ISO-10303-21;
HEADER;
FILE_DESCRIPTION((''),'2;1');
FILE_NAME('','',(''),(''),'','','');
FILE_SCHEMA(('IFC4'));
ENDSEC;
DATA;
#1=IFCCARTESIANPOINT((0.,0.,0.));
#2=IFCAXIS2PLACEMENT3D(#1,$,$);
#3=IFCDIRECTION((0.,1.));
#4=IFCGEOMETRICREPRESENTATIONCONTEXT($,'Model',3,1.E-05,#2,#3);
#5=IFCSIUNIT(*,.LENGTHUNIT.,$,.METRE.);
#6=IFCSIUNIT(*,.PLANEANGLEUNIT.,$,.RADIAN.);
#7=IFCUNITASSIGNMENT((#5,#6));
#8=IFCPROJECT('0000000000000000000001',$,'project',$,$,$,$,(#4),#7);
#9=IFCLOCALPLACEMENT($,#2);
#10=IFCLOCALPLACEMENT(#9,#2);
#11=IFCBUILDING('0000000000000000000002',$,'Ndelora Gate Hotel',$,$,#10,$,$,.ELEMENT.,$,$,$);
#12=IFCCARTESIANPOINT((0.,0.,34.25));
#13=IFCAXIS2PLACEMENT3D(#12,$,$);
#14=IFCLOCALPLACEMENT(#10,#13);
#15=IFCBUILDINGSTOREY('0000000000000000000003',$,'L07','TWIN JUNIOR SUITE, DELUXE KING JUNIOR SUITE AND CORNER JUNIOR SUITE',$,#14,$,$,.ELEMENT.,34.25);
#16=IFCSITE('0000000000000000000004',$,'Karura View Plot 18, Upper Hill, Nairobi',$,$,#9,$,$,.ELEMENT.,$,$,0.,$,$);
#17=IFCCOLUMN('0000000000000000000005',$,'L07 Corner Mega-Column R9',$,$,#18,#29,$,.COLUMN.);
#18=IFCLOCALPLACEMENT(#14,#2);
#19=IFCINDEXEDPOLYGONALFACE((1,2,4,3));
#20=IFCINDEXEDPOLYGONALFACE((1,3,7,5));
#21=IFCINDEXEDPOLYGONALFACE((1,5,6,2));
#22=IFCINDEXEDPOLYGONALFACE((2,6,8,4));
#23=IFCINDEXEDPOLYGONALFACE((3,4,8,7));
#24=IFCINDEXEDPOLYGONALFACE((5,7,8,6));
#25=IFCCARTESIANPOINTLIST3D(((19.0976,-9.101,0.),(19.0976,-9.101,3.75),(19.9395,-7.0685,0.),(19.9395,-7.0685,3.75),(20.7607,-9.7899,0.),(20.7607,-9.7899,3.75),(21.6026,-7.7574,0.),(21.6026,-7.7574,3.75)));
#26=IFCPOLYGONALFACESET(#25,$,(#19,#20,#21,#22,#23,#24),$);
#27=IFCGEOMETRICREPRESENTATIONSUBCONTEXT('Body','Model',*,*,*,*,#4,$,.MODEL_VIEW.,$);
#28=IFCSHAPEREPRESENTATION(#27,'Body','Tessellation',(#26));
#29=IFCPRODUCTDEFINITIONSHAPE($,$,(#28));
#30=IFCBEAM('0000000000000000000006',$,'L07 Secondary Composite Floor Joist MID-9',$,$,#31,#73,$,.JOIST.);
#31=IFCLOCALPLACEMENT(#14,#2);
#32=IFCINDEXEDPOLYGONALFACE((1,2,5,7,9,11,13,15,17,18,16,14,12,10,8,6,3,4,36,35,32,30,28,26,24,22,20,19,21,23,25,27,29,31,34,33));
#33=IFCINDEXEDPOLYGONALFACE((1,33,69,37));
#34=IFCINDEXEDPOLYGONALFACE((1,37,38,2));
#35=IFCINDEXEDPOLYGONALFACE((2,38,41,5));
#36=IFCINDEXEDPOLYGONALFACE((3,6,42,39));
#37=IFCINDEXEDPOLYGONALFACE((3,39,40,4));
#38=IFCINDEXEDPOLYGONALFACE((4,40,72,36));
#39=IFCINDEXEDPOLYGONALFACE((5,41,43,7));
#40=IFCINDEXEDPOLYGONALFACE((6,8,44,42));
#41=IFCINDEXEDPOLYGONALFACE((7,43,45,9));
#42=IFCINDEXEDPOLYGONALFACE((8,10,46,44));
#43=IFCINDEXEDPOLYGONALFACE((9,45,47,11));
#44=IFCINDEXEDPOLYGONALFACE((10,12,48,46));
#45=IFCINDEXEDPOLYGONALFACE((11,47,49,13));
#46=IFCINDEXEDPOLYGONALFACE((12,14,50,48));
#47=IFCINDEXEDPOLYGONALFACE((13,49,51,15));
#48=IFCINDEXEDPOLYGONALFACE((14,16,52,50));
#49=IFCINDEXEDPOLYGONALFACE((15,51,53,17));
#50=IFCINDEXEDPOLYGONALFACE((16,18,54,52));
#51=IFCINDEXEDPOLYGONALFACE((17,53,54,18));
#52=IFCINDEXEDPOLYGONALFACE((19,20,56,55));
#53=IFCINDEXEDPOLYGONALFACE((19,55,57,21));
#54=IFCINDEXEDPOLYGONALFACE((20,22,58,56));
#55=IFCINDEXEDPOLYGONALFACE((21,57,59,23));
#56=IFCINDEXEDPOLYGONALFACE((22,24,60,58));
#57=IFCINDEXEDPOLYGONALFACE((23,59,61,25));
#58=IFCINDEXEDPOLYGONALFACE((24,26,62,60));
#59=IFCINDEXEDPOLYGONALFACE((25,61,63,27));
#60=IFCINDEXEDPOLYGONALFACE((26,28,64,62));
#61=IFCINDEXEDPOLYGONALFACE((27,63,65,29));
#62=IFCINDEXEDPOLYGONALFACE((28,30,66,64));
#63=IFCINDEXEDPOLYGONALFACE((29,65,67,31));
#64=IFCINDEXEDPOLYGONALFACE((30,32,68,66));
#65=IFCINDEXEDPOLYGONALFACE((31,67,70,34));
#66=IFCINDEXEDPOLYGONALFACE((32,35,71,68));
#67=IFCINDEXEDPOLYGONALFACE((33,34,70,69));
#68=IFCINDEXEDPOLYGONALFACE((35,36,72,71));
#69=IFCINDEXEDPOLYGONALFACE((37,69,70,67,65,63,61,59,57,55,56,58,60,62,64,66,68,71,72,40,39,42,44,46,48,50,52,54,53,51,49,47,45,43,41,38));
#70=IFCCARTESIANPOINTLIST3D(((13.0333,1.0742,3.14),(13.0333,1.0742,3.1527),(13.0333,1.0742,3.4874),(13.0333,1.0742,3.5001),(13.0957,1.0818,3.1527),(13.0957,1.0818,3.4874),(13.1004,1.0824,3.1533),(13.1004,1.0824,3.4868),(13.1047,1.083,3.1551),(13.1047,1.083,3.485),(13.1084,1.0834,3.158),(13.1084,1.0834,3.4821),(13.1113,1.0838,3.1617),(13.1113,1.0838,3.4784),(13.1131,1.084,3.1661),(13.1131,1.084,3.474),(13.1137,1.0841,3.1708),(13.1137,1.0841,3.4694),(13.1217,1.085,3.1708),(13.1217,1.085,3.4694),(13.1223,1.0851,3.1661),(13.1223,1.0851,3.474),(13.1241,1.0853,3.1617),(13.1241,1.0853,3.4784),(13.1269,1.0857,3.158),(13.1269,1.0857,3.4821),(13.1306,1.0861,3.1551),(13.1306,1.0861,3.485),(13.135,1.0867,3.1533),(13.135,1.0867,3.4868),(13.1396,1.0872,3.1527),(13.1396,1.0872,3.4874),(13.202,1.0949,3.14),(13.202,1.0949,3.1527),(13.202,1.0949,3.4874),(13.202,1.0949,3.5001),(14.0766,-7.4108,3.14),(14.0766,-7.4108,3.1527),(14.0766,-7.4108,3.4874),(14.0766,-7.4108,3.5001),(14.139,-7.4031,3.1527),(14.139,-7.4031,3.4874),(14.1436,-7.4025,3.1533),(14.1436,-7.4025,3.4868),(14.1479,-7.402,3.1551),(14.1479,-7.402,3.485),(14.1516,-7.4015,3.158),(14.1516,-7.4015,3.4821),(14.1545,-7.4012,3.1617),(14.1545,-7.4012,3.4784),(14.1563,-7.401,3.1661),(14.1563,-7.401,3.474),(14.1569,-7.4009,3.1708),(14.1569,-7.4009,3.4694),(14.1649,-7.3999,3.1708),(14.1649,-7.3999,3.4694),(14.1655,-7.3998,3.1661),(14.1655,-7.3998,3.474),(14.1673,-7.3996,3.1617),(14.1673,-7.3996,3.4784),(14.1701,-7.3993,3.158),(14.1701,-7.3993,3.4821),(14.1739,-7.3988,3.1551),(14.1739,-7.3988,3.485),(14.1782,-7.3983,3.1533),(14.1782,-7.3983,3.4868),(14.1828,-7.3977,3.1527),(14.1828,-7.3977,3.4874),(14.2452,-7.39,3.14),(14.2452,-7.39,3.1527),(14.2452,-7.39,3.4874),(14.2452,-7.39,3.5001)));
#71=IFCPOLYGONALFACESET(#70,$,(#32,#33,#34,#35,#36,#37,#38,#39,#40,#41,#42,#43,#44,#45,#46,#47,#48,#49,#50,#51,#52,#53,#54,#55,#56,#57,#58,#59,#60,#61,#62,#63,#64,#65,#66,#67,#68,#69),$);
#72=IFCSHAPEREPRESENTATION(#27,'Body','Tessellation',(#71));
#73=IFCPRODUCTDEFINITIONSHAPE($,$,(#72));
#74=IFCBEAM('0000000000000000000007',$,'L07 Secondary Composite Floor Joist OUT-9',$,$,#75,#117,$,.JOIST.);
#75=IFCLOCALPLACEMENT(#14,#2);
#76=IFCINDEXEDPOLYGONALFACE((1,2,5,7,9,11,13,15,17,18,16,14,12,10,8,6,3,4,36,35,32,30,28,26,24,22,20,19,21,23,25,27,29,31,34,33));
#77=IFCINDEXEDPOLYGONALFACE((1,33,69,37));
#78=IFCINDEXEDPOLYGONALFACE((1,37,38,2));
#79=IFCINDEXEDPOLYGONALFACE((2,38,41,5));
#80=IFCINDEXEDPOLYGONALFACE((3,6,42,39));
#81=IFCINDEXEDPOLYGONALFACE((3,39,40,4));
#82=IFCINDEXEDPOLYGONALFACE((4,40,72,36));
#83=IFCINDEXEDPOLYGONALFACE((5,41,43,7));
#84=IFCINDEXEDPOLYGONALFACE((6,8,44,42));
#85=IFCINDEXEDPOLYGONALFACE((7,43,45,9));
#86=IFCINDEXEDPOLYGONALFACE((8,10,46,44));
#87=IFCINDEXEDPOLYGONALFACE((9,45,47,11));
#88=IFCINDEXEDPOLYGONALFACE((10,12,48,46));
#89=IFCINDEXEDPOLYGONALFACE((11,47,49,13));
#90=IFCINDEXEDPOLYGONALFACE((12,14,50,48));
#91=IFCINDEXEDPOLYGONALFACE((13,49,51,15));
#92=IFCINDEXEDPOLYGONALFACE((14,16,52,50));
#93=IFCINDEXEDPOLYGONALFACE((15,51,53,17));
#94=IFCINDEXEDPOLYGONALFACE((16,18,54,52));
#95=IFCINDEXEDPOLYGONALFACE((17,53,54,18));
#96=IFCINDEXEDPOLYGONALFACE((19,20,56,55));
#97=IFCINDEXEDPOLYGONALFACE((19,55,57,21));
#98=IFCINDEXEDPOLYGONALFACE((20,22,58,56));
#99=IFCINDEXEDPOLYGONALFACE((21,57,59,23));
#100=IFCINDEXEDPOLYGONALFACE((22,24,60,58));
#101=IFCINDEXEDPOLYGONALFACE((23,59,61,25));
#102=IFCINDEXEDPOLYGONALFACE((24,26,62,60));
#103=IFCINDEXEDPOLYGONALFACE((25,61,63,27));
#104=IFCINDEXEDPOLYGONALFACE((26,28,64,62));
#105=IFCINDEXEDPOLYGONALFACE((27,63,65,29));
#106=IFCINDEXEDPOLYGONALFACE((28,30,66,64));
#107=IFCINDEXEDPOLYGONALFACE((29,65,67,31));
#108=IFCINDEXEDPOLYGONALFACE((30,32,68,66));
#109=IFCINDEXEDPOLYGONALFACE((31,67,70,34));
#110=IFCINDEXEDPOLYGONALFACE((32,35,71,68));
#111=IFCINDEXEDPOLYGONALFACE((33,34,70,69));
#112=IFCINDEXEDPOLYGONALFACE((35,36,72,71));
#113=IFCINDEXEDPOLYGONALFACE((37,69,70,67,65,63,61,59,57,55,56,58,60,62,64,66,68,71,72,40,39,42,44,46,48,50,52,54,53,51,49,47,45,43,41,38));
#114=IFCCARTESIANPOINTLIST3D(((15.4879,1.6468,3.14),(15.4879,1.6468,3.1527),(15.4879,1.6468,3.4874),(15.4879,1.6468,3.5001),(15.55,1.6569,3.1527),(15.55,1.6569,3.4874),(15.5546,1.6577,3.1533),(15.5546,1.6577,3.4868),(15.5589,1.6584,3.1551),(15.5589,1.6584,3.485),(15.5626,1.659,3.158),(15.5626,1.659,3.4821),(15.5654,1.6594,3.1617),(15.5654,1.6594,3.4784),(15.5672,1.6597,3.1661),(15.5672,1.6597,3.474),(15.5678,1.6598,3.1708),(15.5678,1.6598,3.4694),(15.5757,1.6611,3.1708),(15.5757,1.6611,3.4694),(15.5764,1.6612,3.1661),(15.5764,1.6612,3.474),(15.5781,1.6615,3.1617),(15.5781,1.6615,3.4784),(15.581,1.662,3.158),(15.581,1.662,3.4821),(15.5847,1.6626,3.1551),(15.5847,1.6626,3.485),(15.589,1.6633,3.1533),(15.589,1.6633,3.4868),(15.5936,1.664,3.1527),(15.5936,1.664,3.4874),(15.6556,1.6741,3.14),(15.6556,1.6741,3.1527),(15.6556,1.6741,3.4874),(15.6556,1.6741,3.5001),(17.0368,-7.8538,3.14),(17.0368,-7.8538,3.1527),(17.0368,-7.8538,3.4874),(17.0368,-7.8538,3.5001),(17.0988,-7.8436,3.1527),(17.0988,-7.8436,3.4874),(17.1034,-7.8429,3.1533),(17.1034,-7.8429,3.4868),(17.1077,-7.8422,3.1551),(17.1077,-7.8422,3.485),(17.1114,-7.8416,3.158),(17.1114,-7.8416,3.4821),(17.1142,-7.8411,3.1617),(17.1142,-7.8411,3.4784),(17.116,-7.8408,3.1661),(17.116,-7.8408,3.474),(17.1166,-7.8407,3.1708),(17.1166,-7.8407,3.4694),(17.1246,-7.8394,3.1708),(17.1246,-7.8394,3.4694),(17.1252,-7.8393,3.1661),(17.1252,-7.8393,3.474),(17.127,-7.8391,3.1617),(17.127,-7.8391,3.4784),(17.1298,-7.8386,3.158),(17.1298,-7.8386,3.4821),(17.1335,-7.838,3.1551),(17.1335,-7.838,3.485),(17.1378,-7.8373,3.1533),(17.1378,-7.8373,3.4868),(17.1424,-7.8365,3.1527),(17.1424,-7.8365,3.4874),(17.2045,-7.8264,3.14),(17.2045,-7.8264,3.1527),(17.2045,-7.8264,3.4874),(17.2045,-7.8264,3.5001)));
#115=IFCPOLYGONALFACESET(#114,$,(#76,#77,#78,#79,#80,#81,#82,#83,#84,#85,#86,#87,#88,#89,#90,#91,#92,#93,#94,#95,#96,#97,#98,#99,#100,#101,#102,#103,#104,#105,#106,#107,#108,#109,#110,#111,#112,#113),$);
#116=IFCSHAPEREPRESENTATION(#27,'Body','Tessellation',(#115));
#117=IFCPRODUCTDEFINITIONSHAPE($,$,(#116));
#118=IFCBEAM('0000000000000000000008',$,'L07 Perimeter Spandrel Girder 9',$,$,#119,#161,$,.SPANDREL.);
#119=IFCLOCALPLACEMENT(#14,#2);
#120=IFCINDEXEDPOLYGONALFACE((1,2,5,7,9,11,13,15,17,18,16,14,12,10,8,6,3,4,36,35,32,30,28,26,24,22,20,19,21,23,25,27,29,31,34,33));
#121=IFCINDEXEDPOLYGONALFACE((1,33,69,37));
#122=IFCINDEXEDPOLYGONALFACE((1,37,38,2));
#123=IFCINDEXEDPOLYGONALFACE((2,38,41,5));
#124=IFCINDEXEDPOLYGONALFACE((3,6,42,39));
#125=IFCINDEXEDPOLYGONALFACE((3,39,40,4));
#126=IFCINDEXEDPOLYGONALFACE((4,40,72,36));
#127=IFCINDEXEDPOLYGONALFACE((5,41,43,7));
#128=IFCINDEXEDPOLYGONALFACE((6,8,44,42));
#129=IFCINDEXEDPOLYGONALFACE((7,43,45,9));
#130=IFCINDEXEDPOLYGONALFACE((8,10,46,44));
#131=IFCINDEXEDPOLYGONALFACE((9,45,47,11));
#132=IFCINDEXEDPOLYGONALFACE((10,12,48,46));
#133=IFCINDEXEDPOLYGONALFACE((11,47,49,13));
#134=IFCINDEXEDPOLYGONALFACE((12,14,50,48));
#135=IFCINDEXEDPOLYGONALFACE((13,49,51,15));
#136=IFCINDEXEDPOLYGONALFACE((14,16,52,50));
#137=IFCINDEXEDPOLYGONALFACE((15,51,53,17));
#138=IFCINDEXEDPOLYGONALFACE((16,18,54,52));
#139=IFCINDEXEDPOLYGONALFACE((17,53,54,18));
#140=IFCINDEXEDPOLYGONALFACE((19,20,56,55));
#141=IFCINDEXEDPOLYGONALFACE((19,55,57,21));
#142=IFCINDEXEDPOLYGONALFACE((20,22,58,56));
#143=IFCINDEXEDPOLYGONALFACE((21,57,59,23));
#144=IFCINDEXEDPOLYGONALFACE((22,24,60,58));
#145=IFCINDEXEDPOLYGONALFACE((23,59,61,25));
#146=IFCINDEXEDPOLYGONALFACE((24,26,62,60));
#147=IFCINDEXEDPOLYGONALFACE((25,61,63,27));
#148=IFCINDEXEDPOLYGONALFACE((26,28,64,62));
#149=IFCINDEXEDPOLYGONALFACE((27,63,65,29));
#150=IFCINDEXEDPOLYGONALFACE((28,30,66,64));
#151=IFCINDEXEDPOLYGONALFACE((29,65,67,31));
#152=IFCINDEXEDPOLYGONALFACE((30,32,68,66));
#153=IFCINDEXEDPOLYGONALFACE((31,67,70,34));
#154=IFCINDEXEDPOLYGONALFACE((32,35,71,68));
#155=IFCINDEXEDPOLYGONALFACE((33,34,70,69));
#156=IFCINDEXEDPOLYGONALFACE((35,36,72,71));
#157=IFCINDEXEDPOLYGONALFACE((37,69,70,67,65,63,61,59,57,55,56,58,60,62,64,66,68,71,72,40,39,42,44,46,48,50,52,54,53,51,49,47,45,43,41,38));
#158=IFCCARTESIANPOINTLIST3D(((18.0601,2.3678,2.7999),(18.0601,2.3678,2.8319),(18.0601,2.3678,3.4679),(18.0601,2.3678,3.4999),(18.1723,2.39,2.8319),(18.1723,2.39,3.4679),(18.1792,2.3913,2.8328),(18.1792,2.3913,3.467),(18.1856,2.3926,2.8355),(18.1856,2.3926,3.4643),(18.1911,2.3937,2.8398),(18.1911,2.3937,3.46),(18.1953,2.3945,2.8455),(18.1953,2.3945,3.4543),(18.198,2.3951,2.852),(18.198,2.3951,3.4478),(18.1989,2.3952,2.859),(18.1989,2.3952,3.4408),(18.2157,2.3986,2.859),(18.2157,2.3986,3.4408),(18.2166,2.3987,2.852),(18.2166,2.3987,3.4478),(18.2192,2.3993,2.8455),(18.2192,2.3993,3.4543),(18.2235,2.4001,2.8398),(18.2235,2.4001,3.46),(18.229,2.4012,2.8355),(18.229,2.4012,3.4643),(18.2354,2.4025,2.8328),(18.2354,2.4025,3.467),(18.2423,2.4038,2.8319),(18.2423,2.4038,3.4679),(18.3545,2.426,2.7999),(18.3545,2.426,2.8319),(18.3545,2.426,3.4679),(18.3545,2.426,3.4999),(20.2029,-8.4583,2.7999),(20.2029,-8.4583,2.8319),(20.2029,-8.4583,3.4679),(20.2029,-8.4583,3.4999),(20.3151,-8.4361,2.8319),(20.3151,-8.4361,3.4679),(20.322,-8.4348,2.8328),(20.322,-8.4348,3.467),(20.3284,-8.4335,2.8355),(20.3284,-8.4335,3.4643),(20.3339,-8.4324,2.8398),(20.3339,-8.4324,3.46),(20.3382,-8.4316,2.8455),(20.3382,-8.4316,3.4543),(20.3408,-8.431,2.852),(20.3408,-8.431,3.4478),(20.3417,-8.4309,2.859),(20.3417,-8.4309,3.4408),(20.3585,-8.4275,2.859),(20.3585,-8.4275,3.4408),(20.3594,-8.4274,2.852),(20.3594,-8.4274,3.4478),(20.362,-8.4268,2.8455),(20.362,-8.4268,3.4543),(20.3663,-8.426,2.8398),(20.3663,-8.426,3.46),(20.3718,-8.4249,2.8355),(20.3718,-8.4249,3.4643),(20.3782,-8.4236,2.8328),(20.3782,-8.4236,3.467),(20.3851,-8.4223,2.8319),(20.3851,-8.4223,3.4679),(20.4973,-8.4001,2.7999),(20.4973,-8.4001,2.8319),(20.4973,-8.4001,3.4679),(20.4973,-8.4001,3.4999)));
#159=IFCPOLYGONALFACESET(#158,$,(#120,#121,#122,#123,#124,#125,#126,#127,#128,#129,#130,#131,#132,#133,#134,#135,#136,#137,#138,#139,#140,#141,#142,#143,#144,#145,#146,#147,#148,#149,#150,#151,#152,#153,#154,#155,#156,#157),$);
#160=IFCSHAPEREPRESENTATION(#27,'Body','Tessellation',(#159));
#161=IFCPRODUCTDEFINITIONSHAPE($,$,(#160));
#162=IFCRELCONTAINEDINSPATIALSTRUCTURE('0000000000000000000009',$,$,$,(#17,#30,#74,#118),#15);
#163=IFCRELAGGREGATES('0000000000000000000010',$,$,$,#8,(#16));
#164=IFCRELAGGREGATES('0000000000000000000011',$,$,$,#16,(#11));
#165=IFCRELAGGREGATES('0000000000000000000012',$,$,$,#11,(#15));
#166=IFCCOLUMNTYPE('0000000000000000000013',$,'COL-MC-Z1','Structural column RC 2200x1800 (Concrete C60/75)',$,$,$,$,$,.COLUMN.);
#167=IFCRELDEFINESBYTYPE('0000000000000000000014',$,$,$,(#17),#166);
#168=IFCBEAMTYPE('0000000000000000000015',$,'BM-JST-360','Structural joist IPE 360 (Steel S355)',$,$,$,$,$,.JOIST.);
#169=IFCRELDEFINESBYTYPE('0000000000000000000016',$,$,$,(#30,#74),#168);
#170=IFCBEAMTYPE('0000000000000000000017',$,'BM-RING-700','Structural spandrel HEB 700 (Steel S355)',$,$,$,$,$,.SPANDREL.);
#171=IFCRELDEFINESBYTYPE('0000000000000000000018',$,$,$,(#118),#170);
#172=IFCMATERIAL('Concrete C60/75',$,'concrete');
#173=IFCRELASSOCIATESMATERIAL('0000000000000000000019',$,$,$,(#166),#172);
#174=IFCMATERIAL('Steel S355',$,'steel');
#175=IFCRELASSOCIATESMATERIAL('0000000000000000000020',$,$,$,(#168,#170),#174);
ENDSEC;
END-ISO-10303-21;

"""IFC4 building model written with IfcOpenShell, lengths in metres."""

from ifc_helpers import new_model, si_unit, direction, frame, origin, origin_2d, place, context, subcontext, project, spatial, rectangle, i_section, extrude, material, material_profile, profile_set, type_object, element, save


model = new_model("IFC4")

# Units and contexts
model_context = context("Model", 3, precision=1e-05, world=origin(), true_north=direction((0.0, 1.0)))
body_context = subcontext(model_context, "Body", "Model", "MODEL_VIEW")
ifc_project = project(units=[si_unit("LENGTHUNIT", "METRE"), si_unit("PLANEANGLEUNIT", "RADIAN")], contexts=[model_context])

# Site, building, storey
site_placement = place(None, origin())
site = spatial("IfcSite", under=ifc_project, at=site_placement, Name="Karura View Plot 18, Upper Hill, Nairobi", CompositionType="ELEMENT", RefElevation=0.0)
building_placement = place(site_placement, origin())
building = spatial("IfcBuilding", under=site, at=building_placement, Name="Ndelora Gate Hotel", CompositionType="ELEMENT")
storey_placement = place(building_placement, frame((0.0, 0.0, 34.25)))
storey = spatial("IfcBuildingStorey", under=building, at=storey_placement, Name="L07", Description="TWIN JUNIOR SUITE, DELUXE KING JUNIOR SUITE AND CORNER JUNIOR SUITE", CompositionType="ELEMENT", Elevation=34.25)

# Column
ifc_material_1 = material(Name="Concrete C60/75", Category="concrete")
ifc_material_profile_1 = material_profile(ifc_material_1, rectangle(XDim=1.8, YDim=2.2, at=origin_2d()), Name="RC 2200x1800")
ifc_profile_set_1 = profile_set([ifc_material_profile_1], Name="Concrete C60/75")
column_type = type_object("IfcColumnType", Name="COL-MC-Z1", Description="Structural column RC 2200x1800 (Concrete C60/75)", PredefinedType="COLUMN", material=ifc_profile_set_1)
column_placement = place(storey_placement, frame((20.3501, -8.4292, 0.0), z_axis=(0.0, 0.0, 1.0), x_axis=(-0.92388, 0.382683, 0.0)))
element("IfcColumn", 1, at=column_placement, inside=storey, type_object=column_type, Name="L07 Corner Mega-Column R9", PredefinedType="COLUMN", context=body_context, shape_type="SweptSolid", body=[
    extrude(rectangle(XDim=1.8, YDim=2.2, at=origin_2d()), origin(), (0.0, 0.0, 1.0), 3.75),
])

# Beams
ifc_material_2 = material(Name="Steel S355", Category="steel")
ifc_material_profile_2 = material_profile(ifc_material_2, i_section(OverallWidth=0.1699, OverallDepth=0.3601, WebThickness=0.0081, FlangeThickness=0.0127, FilletRadius=0.0181, at=origin_2d()), Name="IPE 360")
ifc_profile_set_2 = profile_set([ifc_material_profile_2], Name="Steel S355")
beam_type_1 = type_object("IfcBeamType", Name="BM-JST-360", Description="Structural joist IPE 360 (Steel S355)", PredefinedType="JOIST", material=ifc_profile_set_2)
beam_1_placement = place(storey_placement, frame((14.1609, -7.4004, 3.3201), z_axis=(-0.122031, 0.992526, 0.0), x_axis=(-0.992526, -0.122031, 0.0)))
element("IfcBeam", 2, at=beam_1_placement, inside=storey, type_object=beam_type_1, Name="L07 Secondary Composite Floor Joist MID-9", PredefinedType="JOIST", context=body_context, shape_type="SweptSolid", body=[
    extrude(i_section(OverallWidth=0.1699, OverallDepth=0.3601, WebThickness=0.0081, FlangeThickness=0.0127, FilletRadius=0.0181, at=origin_2d()), origin(), (0.0, 0.0, 1.0), 8.5488),
])
beam_2_placement = place(storey_placement, frame((17.1206, -7.8401, 3.3201), z_axis=(-0.160902, 0.98697, 0.0), x_axis=(-0.98697, -0.160902, 0.0)))
element("IfcBeam", 3, at=beam_2_placement, inside=storey, type_object=beam_type_1, Name="L07 Secondary Composite Floor Joist OUT-9", PredefinedType="JOIST", context=body_context, shape_type="SweptSolid", body=[
    extrude(i_section(OverallWidth=0.1699, OverallDepth=0.3601, WebThickness=0.0081, FlangeThickness=0.0127, FilletRadius=0.0181, at=origin_2d()), origin(), (0.0, 0.0, 1.0), 9.626),
])
ifc_material_profile_3 = material_profile(ifc_material_2, i_section(OverallWidth=0.3, OverallDepth=0.7, WebThickness=0.0171, FlangeThickness=0.032, FilletRadius=0.0271, at=origin_2d()), Name="HEB 700")
ifc_profile_set_3 = profile_set([ifc_material_profile_3], Name="Steel S355")
beam_type_2 = type_object("IfcBeamType", Name="BM-RING-700", Description="Structural spandrel HEB 700 (Steel S355)", PredefinedType="SPANDREL", material=ifc_profile_set_3)
beam_3_placement = place(storey_placement, frame((20.3501, -8.4292, 3.1499), z_axis=(-0.194163, 0.980969, 0.0), x_axis=(-0.980969, -0.194163, 0.0)))
element("IfcBeam", 4, at=beam_3_placement, inside=storey, type_object=beam_type_2, Name="L07 Perimeter Spandrel Girder 9", PredefinedType="SPANDREL", context=body_context, shape_type="SweptSolid", body=[
    extrude(i_section(OverallWidth=0.3, OverallDepth=0.7, WebThickness=0.0171, FlangeThickness=0.032, FilletRadius=0.0271, at=origin_2d()), origin(), (0.0, 0.0, 1.0), 11.0361),
])

save(model, "model.ifc")
